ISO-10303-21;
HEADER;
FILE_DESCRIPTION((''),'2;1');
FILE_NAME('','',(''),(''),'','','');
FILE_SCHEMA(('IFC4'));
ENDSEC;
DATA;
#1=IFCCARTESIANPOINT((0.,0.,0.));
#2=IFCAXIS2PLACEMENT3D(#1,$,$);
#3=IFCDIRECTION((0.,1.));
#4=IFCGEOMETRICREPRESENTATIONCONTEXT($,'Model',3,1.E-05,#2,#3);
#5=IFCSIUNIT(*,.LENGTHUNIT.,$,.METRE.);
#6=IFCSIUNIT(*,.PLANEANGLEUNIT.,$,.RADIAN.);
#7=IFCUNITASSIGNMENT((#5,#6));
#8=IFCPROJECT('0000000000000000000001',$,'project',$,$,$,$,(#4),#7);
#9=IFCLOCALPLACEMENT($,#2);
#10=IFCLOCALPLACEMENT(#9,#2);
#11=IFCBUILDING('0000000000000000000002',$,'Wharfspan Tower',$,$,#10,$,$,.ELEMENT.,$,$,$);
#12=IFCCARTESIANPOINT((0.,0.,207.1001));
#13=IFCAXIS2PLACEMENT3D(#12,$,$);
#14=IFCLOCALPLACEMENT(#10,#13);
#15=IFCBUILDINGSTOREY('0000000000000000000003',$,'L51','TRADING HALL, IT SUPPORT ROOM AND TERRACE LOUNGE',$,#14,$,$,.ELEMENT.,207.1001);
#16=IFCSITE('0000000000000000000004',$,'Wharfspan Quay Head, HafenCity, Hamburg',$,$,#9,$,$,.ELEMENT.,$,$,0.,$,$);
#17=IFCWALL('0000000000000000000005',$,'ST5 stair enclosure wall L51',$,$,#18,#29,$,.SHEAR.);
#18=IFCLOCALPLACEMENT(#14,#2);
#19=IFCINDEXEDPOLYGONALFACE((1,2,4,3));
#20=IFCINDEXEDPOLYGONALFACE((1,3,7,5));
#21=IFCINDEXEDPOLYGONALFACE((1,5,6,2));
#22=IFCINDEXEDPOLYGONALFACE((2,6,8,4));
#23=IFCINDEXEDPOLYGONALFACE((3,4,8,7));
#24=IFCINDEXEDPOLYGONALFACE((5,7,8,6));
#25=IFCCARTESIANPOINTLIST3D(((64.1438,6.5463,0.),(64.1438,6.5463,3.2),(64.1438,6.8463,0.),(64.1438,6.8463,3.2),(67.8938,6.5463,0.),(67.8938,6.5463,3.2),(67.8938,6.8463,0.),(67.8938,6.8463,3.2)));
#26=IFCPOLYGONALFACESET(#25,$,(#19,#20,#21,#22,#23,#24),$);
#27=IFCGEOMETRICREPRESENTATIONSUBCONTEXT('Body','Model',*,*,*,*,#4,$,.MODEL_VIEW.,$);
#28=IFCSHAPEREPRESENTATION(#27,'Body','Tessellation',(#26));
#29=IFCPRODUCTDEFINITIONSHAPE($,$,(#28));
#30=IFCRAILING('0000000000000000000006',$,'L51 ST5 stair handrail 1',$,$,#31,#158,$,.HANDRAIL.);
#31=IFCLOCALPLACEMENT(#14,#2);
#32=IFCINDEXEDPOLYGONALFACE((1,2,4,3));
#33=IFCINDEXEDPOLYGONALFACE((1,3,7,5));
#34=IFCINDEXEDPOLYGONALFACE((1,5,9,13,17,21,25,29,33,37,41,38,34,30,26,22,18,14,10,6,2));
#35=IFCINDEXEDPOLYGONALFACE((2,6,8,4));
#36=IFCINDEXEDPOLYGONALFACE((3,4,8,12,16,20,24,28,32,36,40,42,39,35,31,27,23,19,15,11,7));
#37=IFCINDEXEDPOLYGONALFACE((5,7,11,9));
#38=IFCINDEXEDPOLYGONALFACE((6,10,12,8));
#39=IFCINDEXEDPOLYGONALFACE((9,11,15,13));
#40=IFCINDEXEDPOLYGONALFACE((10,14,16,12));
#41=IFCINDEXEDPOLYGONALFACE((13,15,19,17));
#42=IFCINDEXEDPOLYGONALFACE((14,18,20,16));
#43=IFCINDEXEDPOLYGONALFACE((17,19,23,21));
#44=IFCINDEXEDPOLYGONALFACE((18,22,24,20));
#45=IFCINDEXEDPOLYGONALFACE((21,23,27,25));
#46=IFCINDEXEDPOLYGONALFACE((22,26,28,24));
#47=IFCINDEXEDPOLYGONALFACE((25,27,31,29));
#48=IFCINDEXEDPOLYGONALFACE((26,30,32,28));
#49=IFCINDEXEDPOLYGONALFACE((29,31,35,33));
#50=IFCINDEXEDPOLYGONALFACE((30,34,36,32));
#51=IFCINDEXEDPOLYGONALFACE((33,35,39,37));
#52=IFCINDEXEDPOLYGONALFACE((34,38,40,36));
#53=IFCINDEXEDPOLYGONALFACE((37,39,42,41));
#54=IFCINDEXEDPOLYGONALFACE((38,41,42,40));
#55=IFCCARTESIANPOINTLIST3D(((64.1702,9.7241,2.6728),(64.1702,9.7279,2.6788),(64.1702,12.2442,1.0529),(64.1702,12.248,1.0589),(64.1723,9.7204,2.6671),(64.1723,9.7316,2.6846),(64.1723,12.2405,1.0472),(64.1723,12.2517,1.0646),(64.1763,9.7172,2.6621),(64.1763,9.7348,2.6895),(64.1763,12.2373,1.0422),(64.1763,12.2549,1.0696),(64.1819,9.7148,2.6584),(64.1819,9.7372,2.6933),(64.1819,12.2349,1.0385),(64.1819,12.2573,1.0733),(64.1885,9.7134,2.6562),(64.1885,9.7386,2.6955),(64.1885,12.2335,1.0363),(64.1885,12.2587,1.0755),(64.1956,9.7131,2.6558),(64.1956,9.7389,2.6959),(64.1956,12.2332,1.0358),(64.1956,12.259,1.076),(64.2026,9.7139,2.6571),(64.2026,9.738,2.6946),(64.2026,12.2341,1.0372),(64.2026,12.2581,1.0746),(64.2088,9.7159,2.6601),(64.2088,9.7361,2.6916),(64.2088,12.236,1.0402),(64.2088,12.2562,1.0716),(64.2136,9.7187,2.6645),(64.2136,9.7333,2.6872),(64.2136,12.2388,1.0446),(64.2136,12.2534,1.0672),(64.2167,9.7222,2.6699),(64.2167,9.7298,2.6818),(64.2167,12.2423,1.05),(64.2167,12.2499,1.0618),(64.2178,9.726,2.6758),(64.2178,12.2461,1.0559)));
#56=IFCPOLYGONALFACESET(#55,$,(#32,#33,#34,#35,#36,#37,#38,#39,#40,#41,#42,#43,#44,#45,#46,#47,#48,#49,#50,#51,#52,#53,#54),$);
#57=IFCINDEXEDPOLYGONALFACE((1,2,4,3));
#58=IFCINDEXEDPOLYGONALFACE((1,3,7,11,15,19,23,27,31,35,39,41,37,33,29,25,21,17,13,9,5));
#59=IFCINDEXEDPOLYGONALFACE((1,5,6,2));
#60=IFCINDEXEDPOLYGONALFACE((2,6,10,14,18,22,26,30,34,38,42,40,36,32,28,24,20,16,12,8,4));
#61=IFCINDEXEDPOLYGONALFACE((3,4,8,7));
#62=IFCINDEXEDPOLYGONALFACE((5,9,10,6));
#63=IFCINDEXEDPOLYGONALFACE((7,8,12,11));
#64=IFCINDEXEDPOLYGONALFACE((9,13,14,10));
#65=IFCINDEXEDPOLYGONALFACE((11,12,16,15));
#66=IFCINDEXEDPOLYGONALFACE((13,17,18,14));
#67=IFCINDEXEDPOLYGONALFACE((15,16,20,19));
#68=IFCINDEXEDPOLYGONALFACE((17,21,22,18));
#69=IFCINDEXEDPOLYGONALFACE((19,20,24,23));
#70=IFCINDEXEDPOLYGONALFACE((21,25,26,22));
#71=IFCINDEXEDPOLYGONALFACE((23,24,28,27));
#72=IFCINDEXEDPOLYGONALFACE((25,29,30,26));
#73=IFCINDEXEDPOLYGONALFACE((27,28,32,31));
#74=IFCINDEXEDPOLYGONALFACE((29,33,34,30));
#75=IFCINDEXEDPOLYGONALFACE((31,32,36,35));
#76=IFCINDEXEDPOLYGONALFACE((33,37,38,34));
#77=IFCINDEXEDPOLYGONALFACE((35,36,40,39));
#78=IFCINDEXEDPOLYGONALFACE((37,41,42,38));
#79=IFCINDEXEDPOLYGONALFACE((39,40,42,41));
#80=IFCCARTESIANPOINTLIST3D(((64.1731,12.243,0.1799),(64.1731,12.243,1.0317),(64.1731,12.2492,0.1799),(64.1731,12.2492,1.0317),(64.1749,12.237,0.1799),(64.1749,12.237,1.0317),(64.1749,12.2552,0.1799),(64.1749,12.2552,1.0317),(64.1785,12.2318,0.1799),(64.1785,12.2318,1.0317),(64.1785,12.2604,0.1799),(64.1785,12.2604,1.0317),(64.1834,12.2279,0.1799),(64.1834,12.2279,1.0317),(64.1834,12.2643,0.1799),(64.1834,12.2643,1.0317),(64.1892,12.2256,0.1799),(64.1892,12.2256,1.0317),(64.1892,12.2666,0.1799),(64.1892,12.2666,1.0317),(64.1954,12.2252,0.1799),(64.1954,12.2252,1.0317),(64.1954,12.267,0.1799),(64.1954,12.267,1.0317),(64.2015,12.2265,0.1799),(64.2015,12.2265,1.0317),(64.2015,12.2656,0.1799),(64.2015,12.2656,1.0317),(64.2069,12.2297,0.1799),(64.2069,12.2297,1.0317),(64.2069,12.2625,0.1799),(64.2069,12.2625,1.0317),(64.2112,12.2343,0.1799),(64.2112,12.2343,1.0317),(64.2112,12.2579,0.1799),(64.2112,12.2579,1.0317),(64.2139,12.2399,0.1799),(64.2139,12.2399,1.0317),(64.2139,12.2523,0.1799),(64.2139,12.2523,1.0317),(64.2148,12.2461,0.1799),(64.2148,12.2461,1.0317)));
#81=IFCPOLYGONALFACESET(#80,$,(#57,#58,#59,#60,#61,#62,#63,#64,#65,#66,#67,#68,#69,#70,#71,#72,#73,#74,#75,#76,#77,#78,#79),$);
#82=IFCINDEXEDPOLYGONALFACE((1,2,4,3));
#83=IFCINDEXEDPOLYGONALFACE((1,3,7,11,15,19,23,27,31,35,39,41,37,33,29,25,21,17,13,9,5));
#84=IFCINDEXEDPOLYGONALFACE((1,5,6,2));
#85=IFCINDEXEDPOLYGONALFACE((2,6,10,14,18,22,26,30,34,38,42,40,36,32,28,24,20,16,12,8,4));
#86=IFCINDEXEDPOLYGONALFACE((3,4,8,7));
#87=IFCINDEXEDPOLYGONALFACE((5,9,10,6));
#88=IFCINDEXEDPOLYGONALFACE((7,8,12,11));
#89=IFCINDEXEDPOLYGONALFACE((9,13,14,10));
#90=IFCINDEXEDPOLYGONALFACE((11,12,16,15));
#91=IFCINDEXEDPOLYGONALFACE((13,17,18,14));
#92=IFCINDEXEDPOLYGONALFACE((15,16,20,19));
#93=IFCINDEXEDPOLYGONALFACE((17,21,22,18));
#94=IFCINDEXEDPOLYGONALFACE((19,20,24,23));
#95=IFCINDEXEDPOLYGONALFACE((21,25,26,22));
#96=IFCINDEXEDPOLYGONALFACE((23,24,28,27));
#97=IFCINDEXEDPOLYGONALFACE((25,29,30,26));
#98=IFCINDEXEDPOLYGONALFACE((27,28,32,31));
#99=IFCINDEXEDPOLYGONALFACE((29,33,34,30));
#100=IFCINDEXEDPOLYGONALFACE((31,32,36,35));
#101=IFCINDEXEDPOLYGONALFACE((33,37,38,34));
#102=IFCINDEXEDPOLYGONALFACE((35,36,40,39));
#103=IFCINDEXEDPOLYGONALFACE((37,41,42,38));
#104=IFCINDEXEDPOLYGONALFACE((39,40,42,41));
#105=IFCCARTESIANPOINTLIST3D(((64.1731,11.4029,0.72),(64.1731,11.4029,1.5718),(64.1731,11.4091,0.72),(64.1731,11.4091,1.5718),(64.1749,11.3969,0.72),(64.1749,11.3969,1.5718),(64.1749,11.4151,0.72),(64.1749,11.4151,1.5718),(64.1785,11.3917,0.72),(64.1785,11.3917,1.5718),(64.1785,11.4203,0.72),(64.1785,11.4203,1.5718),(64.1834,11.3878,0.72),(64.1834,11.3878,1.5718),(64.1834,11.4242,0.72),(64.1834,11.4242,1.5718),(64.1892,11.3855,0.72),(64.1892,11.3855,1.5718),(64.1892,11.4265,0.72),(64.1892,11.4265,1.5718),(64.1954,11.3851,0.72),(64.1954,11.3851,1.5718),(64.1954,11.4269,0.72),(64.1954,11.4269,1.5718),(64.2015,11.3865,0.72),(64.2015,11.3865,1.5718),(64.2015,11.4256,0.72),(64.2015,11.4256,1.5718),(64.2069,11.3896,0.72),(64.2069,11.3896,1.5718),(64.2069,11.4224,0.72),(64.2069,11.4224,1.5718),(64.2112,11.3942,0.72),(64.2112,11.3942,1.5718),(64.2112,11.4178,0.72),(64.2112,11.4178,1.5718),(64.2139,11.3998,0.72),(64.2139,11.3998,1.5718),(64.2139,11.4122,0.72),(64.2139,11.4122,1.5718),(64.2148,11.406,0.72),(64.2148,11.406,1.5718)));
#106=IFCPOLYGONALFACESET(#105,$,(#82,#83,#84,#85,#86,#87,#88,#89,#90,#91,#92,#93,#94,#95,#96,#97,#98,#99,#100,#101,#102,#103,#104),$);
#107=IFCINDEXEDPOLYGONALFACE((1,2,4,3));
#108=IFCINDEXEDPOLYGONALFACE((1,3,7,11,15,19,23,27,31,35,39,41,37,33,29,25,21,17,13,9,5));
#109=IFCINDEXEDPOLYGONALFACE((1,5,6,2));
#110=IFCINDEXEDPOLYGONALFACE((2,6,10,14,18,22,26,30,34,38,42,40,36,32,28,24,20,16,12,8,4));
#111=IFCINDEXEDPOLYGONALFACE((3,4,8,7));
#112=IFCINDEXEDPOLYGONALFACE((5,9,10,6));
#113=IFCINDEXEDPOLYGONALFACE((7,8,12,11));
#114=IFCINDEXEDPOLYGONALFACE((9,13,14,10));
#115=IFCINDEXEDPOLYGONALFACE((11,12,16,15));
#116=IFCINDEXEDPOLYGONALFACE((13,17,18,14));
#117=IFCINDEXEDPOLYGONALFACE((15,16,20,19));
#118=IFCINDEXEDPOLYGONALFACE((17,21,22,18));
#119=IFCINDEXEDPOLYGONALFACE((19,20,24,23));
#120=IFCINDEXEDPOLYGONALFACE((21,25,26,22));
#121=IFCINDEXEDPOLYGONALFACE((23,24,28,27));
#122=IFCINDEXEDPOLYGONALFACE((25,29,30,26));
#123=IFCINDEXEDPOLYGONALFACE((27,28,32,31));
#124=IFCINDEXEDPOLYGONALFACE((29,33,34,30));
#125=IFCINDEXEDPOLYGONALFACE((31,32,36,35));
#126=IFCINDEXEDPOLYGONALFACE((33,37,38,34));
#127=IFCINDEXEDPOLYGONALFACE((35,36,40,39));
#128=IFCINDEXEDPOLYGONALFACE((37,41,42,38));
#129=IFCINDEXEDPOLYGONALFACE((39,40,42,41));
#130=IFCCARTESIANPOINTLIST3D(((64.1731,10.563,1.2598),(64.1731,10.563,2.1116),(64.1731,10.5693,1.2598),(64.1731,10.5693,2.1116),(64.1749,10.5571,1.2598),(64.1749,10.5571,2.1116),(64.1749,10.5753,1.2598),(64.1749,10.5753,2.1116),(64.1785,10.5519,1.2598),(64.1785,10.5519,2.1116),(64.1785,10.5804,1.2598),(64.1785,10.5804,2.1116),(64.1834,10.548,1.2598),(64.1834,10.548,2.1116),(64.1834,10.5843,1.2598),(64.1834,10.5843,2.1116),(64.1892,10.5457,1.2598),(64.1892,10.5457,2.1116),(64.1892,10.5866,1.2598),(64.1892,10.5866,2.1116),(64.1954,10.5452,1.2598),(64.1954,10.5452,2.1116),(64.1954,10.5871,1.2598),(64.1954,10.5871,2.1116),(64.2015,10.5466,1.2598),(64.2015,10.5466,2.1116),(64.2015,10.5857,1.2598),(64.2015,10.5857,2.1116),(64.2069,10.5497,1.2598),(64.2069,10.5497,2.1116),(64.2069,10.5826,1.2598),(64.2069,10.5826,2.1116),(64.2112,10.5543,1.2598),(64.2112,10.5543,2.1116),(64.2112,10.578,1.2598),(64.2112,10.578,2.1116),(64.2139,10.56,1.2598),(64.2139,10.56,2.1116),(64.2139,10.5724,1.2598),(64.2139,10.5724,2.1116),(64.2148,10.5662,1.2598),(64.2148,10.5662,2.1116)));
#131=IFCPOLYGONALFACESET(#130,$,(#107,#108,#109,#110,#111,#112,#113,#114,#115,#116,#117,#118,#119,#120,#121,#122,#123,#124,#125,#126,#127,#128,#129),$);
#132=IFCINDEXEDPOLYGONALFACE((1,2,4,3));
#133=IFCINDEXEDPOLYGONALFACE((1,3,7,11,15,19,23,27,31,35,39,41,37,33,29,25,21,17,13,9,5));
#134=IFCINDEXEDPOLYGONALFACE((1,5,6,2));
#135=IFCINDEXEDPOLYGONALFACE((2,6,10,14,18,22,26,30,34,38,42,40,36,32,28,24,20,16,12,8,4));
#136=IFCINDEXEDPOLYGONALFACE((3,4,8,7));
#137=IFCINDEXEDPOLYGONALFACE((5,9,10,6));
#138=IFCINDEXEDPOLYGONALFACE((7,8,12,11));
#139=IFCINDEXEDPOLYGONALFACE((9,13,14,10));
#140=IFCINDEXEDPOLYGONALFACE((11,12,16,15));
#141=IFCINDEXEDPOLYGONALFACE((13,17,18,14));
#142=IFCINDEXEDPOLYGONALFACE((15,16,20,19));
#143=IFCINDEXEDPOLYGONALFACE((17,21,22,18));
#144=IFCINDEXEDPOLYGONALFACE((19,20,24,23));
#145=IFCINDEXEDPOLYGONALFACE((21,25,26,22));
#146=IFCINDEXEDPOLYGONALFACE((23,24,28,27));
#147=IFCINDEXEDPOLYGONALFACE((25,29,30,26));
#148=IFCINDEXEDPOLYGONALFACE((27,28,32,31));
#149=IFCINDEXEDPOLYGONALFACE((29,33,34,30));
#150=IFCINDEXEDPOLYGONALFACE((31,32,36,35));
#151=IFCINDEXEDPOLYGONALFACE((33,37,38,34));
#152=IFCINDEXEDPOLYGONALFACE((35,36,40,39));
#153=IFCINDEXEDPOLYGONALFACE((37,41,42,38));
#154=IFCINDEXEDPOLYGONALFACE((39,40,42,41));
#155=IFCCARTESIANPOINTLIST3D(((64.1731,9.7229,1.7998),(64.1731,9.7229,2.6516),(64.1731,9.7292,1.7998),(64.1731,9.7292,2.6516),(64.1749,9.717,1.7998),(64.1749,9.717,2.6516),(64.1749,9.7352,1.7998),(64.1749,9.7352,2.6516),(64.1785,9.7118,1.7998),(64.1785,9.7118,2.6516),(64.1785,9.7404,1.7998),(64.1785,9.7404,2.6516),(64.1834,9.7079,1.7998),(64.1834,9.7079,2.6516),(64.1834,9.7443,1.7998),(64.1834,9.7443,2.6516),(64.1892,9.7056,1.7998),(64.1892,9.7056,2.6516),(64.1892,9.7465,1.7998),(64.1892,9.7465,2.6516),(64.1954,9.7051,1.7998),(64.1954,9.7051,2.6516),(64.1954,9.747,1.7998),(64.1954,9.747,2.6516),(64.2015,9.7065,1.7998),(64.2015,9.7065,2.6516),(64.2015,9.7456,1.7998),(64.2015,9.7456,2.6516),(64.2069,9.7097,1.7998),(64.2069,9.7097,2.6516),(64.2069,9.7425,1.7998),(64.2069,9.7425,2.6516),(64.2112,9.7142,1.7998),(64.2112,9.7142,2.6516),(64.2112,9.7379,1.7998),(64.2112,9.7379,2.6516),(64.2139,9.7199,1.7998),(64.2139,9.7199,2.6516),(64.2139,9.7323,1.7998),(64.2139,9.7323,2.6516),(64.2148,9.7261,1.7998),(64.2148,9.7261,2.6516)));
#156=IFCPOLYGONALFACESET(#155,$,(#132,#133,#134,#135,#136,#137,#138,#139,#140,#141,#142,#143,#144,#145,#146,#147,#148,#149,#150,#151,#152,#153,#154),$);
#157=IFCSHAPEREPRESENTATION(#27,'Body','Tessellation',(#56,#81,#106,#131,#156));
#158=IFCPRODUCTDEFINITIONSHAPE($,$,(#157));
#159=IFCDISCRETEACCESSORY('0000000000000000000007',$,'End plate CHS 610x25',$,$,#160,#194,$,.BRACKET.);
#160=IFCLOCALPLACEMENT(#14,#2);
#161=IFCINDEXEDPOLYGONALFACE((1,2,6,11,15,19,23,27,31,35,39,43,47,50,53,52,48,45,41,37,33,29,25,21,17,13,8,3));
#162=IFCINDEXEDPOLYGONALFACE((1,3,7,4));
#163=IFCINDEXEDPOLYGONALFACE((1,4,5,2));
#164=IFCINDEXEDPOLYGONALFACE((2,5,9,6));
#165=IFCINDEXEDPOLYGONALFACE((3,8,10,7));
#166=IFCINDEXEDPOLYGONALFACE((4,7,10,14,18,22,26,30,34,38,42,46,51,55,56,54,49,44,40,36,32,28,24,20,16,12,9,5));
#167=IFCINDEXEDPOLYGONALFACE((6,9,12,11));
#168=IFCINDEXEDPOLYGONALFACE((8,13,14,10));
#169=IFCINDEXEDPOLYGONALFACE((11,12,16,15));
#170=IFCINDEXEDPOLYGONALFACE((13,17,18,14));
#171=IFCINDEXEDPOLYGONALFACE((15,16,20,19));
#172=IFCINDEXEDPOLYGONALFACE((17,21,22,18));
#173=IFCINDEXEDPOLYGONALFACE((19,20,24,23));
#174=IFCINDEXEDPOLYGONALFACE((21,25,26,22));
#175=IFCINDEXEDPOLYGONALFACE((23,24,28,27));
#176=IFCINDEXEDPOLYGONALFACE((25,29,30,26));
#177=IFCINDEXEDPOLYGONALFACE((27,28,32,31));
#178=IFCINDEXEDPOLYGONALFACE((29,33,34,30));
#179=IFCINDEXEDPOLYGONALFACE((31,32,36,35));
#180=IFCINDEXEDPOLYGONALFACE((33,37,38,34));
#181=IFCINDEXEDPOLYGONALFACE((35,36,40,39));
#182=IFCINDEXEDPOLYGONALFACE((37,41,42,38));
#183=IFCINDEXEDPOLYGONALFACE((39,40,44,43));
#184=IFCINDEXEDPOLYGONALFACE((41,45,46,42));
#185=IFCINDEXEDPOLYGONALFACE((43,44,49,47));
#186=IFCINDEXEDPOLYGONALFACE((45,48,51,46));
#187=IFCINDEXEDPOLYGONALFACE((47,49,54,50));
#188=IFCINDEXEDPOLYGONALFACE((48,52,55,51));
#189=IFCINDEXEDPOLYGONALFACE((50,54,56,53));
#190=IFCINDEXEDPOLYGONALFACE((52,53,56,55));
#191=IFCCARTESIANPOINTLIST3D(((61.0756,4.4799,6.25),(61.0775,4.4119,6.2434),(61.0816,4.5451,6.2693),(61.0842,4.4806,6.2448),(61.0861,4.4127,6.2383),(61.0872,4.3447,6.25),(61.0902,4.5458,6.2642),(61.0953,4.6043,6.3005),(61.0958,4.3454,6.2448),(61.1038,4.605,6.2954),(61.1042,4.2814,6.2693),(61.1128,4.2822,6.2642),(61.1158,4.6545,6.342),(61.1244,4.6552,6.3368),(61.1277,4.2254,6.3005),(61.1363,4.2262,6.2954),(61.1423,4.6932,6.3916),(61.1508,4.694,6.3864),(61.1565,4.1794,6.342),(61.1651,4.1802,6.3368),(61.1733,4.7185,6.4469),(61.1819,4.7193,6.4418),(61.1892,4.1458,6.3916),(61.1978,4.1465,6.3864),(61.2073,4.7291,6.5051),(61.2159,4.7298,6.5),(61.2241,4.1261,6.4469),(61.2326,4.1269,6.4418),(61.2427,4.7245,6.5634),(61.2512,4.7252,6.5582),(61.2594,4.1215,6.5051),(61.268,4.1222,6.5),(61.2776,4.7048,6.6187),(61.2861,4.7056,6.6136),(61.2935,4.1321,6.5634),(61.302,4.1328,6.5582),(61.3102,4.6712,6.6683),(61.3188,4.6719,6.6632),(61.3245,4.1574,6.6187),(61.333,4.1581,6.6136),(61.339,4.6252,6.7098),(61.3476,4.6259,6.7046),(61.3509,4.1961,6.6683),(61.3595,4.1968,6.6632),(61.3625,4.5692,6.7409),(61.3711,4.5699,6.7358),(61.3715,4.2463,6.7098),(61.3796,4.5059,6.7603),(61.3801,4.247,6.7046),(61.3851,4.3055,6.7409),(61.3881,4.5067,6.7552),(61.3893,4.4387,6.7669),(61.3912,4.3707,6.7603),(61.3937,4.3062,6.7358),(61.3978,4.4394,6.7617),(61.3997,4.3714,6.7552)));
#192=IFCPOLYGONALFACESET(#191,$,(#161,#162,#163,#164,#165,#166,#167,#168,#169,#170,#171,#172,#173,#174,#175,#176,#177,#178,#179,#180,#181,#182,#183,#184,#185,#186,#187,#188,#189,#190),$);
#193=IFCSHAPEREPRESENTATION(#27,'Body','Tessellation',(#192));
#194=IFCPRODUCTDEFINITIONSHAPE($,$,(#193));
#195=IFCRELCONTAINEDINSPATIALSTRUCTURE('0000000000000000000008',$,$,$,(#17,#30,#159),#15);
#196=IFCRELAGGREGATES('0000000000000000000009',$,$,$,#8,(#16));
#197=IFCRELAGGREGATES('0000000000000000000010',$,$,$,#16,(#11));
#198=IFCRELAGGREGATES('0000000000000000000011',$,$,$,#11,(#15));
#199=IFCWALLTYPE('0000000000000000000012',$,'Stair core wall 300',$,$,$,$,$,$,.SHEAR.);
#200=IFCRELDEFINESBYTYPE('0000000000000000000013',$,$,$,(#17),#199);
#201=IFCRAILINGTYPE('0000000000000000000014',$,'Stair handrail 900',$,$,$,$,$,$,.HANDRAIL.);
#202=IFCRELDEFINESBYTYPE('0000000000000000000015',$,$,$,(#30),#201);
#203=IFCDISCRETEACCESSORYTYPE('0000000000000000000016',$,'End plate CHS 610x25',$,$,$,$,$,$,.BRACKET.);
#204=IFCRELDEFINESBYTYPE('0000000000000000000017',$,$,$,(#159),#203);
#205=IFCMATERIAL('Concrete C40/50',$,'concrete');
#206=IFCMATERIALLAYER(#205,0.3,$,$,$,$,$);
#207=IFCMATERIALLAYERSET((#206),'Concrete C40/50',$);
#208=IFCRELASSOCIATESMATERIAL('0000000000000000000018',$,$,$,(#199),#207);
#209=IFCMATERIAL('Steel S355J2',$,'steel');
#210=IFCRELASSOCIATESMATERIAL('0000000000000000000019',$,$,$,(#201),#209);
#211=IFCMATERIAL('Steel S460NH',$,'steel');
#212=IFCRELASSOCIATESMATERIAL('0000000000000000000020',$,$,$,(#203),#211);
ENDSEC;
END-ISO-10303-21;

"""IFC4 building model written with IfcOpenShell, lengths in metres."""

from ifc_helpers import new_model, si_unit, direction, frame, frame_2d, origin, origin_2d, place, context, subcontext, project, spatial, rectangle, circle, extrude, material, layer, layer_set, material_profile, profile_set, type_object, element, save


model = new_model("IFC4")

# Units and contexts
model_context = context("Model", 3, precision=1e-05, world=origin(), true_north=direction((0.0, 1.0)))
body_context = subcontext(model_context, "Body", "Model", "MODEL_VIEW")
ifc_project = project(units=[si_unit("LENGTHUNIT", "METRE"), si_unit("PLANEANGLEUNIT", "RADIAN")], contexts=[model_context])

# Site, building, storey
site_placement = place(None, origin())
site = spatial("IfcSite", under=ifc_project, at=site_placement, Name="Wharfspan Quay Head, HafenCity, Hamburg", CompositionType="ELEMENT", RefElevation=0.0)
building_placement = place(site_placement, origin())
building = spatial("IfcBuilding", under=site, at=building_placement, Name="Wharfspan Tower", CompositionType="ELEMENT")
storey_placement = place(building_placement, frame((0.0, 0.0, 207.1001)))
storey = spatial("IfcBuildingStorey", under=building, at=storey_placement, Name="L51", Description="TRADING HALL, IT SUPPORT ROOM AND TERRACE LOUNGE", CompositionType="ELEMENT", Elevation=207.1001)

# Shared definitions
ifc_material_1 = material(Name="Steel S355J2", Category="steel")

# Shared definitions
ifc_material_2 = material(Name="Concrete C40/50", Category="concrete")

# Shared definitions
ifc_layer_1 = layer(ifc_material_2, 0.3)
ifc_layer_set_1 = layer_set([ifc_layer_1], Name="Concrete C40/50")
wall_type_1 = type_object("IfcWallType", Name="Stair core wall 300", PredefinedType="SHEAR", material=ifc_layer_set_1)

# Wall
wall_1_placement = place(storey_placement, frame((64.1438, 6.6963, 0.0), z_axis=(0.0, 0.0, 1.0), x_axis=(1.0, 0.0, 0.0)))
element("IfcWall", 1, at=wall_1_placement, inside=storey, type_object=wall_type_1, Name="ST5 stair enclosure wall L51", PredefinedType="SHEAR", context=body_context, shape_type="SweptSolid", body=[
    extrude(rectangle(XDim=3.75, YDim=0.3, at=frame_2d((1.875, 0.0))), origin(), (0.0, 0.0, 1.0), 3.2),
])

# Railing
railing_type = type_object("IfcRailingType", Name="Stair handrail 900", PredefinedType="HANDRAIL", material=ifc_material_1)
railing_placement = place(storey_placement, frame((64.1938, 12.2461, 0.1799)))
element("IfcRailing", 2, at=railing_placement, inside=storey, type_object=railing_type, Name="L51 ST5 stair handrail 1", PredefinedType="HANDRAIL", context=body_context, shape_type="SweptSolid", body=[
    extrude(circle(Radius=0.0239, at=origin_2d()), frame((0.0, 0.0, 0.876), z_axis=(0.0, -0.8412, 0.540725), x_axis=(1.0, 0.0, 0.0)), (0.0, 0.0, 1.0), 2.9958),
    extrude(circle(Radius=0.021, at=origin_2d()), origin(), (0.0, 0.0, 1.0), 0.8518),
    extrude(circle(Radius=0.021, at=origin_2d()), frame((0.0, -0.8401, 0.54)), (0.0, 0.0, 1.0), 0.8518),
    extrude(circle(Radius=0.021, at=origin_2d()), frame((0.0, -1.6799, 1.0798)), (0.0, 0.0, 1.0), 0.8518),
    extrude(circle(Radius=0.021, at=origin_2d()), frame((0.0, -2.52, 1.6199)), (0.0, 0.0, 1.0), 0.8518),
])

# Discrete accessory
ifc_material_3 = material(Name="Steel S460NH", Category="steel")
ifc_material_profile_1 = material_profile(ifc_material_3, circle(Radius=0.3049, at=origin_2d()))
ifc_profile_set_1 = profile_set([ifc_material_profile_1], Name="Steel S460NH")
discrete_accessory_type = type_object("IfcDiscreteAccessoryType", Name="End plate CHS 610x25", PredefinedType="BRACKET", material=ifc_profile_set_1)
discrete_accessory_placement = place(storey_placement, frame((61.2419, 4.426, 6.5), z_axis=(-0.855186, -0.073302, 0.513112), x_axis=(0.085402, -0.996345, 0.000001)))
element("IfcDiscreteAccessory", 3, at=discrete_accessory_placement, inside=storey, type_object=discrete_accessory_type, Name="End plate CHS 610x25", PredefinedType="BRACKET", context=body_context, shape_type="SweptSolid", body=[
    extrude(circle(Radius=0.3049, at=origin_2d()), origin(), (0.0, 0.0, 1.0), 0.01),
])

save(model, "model.ifc")
